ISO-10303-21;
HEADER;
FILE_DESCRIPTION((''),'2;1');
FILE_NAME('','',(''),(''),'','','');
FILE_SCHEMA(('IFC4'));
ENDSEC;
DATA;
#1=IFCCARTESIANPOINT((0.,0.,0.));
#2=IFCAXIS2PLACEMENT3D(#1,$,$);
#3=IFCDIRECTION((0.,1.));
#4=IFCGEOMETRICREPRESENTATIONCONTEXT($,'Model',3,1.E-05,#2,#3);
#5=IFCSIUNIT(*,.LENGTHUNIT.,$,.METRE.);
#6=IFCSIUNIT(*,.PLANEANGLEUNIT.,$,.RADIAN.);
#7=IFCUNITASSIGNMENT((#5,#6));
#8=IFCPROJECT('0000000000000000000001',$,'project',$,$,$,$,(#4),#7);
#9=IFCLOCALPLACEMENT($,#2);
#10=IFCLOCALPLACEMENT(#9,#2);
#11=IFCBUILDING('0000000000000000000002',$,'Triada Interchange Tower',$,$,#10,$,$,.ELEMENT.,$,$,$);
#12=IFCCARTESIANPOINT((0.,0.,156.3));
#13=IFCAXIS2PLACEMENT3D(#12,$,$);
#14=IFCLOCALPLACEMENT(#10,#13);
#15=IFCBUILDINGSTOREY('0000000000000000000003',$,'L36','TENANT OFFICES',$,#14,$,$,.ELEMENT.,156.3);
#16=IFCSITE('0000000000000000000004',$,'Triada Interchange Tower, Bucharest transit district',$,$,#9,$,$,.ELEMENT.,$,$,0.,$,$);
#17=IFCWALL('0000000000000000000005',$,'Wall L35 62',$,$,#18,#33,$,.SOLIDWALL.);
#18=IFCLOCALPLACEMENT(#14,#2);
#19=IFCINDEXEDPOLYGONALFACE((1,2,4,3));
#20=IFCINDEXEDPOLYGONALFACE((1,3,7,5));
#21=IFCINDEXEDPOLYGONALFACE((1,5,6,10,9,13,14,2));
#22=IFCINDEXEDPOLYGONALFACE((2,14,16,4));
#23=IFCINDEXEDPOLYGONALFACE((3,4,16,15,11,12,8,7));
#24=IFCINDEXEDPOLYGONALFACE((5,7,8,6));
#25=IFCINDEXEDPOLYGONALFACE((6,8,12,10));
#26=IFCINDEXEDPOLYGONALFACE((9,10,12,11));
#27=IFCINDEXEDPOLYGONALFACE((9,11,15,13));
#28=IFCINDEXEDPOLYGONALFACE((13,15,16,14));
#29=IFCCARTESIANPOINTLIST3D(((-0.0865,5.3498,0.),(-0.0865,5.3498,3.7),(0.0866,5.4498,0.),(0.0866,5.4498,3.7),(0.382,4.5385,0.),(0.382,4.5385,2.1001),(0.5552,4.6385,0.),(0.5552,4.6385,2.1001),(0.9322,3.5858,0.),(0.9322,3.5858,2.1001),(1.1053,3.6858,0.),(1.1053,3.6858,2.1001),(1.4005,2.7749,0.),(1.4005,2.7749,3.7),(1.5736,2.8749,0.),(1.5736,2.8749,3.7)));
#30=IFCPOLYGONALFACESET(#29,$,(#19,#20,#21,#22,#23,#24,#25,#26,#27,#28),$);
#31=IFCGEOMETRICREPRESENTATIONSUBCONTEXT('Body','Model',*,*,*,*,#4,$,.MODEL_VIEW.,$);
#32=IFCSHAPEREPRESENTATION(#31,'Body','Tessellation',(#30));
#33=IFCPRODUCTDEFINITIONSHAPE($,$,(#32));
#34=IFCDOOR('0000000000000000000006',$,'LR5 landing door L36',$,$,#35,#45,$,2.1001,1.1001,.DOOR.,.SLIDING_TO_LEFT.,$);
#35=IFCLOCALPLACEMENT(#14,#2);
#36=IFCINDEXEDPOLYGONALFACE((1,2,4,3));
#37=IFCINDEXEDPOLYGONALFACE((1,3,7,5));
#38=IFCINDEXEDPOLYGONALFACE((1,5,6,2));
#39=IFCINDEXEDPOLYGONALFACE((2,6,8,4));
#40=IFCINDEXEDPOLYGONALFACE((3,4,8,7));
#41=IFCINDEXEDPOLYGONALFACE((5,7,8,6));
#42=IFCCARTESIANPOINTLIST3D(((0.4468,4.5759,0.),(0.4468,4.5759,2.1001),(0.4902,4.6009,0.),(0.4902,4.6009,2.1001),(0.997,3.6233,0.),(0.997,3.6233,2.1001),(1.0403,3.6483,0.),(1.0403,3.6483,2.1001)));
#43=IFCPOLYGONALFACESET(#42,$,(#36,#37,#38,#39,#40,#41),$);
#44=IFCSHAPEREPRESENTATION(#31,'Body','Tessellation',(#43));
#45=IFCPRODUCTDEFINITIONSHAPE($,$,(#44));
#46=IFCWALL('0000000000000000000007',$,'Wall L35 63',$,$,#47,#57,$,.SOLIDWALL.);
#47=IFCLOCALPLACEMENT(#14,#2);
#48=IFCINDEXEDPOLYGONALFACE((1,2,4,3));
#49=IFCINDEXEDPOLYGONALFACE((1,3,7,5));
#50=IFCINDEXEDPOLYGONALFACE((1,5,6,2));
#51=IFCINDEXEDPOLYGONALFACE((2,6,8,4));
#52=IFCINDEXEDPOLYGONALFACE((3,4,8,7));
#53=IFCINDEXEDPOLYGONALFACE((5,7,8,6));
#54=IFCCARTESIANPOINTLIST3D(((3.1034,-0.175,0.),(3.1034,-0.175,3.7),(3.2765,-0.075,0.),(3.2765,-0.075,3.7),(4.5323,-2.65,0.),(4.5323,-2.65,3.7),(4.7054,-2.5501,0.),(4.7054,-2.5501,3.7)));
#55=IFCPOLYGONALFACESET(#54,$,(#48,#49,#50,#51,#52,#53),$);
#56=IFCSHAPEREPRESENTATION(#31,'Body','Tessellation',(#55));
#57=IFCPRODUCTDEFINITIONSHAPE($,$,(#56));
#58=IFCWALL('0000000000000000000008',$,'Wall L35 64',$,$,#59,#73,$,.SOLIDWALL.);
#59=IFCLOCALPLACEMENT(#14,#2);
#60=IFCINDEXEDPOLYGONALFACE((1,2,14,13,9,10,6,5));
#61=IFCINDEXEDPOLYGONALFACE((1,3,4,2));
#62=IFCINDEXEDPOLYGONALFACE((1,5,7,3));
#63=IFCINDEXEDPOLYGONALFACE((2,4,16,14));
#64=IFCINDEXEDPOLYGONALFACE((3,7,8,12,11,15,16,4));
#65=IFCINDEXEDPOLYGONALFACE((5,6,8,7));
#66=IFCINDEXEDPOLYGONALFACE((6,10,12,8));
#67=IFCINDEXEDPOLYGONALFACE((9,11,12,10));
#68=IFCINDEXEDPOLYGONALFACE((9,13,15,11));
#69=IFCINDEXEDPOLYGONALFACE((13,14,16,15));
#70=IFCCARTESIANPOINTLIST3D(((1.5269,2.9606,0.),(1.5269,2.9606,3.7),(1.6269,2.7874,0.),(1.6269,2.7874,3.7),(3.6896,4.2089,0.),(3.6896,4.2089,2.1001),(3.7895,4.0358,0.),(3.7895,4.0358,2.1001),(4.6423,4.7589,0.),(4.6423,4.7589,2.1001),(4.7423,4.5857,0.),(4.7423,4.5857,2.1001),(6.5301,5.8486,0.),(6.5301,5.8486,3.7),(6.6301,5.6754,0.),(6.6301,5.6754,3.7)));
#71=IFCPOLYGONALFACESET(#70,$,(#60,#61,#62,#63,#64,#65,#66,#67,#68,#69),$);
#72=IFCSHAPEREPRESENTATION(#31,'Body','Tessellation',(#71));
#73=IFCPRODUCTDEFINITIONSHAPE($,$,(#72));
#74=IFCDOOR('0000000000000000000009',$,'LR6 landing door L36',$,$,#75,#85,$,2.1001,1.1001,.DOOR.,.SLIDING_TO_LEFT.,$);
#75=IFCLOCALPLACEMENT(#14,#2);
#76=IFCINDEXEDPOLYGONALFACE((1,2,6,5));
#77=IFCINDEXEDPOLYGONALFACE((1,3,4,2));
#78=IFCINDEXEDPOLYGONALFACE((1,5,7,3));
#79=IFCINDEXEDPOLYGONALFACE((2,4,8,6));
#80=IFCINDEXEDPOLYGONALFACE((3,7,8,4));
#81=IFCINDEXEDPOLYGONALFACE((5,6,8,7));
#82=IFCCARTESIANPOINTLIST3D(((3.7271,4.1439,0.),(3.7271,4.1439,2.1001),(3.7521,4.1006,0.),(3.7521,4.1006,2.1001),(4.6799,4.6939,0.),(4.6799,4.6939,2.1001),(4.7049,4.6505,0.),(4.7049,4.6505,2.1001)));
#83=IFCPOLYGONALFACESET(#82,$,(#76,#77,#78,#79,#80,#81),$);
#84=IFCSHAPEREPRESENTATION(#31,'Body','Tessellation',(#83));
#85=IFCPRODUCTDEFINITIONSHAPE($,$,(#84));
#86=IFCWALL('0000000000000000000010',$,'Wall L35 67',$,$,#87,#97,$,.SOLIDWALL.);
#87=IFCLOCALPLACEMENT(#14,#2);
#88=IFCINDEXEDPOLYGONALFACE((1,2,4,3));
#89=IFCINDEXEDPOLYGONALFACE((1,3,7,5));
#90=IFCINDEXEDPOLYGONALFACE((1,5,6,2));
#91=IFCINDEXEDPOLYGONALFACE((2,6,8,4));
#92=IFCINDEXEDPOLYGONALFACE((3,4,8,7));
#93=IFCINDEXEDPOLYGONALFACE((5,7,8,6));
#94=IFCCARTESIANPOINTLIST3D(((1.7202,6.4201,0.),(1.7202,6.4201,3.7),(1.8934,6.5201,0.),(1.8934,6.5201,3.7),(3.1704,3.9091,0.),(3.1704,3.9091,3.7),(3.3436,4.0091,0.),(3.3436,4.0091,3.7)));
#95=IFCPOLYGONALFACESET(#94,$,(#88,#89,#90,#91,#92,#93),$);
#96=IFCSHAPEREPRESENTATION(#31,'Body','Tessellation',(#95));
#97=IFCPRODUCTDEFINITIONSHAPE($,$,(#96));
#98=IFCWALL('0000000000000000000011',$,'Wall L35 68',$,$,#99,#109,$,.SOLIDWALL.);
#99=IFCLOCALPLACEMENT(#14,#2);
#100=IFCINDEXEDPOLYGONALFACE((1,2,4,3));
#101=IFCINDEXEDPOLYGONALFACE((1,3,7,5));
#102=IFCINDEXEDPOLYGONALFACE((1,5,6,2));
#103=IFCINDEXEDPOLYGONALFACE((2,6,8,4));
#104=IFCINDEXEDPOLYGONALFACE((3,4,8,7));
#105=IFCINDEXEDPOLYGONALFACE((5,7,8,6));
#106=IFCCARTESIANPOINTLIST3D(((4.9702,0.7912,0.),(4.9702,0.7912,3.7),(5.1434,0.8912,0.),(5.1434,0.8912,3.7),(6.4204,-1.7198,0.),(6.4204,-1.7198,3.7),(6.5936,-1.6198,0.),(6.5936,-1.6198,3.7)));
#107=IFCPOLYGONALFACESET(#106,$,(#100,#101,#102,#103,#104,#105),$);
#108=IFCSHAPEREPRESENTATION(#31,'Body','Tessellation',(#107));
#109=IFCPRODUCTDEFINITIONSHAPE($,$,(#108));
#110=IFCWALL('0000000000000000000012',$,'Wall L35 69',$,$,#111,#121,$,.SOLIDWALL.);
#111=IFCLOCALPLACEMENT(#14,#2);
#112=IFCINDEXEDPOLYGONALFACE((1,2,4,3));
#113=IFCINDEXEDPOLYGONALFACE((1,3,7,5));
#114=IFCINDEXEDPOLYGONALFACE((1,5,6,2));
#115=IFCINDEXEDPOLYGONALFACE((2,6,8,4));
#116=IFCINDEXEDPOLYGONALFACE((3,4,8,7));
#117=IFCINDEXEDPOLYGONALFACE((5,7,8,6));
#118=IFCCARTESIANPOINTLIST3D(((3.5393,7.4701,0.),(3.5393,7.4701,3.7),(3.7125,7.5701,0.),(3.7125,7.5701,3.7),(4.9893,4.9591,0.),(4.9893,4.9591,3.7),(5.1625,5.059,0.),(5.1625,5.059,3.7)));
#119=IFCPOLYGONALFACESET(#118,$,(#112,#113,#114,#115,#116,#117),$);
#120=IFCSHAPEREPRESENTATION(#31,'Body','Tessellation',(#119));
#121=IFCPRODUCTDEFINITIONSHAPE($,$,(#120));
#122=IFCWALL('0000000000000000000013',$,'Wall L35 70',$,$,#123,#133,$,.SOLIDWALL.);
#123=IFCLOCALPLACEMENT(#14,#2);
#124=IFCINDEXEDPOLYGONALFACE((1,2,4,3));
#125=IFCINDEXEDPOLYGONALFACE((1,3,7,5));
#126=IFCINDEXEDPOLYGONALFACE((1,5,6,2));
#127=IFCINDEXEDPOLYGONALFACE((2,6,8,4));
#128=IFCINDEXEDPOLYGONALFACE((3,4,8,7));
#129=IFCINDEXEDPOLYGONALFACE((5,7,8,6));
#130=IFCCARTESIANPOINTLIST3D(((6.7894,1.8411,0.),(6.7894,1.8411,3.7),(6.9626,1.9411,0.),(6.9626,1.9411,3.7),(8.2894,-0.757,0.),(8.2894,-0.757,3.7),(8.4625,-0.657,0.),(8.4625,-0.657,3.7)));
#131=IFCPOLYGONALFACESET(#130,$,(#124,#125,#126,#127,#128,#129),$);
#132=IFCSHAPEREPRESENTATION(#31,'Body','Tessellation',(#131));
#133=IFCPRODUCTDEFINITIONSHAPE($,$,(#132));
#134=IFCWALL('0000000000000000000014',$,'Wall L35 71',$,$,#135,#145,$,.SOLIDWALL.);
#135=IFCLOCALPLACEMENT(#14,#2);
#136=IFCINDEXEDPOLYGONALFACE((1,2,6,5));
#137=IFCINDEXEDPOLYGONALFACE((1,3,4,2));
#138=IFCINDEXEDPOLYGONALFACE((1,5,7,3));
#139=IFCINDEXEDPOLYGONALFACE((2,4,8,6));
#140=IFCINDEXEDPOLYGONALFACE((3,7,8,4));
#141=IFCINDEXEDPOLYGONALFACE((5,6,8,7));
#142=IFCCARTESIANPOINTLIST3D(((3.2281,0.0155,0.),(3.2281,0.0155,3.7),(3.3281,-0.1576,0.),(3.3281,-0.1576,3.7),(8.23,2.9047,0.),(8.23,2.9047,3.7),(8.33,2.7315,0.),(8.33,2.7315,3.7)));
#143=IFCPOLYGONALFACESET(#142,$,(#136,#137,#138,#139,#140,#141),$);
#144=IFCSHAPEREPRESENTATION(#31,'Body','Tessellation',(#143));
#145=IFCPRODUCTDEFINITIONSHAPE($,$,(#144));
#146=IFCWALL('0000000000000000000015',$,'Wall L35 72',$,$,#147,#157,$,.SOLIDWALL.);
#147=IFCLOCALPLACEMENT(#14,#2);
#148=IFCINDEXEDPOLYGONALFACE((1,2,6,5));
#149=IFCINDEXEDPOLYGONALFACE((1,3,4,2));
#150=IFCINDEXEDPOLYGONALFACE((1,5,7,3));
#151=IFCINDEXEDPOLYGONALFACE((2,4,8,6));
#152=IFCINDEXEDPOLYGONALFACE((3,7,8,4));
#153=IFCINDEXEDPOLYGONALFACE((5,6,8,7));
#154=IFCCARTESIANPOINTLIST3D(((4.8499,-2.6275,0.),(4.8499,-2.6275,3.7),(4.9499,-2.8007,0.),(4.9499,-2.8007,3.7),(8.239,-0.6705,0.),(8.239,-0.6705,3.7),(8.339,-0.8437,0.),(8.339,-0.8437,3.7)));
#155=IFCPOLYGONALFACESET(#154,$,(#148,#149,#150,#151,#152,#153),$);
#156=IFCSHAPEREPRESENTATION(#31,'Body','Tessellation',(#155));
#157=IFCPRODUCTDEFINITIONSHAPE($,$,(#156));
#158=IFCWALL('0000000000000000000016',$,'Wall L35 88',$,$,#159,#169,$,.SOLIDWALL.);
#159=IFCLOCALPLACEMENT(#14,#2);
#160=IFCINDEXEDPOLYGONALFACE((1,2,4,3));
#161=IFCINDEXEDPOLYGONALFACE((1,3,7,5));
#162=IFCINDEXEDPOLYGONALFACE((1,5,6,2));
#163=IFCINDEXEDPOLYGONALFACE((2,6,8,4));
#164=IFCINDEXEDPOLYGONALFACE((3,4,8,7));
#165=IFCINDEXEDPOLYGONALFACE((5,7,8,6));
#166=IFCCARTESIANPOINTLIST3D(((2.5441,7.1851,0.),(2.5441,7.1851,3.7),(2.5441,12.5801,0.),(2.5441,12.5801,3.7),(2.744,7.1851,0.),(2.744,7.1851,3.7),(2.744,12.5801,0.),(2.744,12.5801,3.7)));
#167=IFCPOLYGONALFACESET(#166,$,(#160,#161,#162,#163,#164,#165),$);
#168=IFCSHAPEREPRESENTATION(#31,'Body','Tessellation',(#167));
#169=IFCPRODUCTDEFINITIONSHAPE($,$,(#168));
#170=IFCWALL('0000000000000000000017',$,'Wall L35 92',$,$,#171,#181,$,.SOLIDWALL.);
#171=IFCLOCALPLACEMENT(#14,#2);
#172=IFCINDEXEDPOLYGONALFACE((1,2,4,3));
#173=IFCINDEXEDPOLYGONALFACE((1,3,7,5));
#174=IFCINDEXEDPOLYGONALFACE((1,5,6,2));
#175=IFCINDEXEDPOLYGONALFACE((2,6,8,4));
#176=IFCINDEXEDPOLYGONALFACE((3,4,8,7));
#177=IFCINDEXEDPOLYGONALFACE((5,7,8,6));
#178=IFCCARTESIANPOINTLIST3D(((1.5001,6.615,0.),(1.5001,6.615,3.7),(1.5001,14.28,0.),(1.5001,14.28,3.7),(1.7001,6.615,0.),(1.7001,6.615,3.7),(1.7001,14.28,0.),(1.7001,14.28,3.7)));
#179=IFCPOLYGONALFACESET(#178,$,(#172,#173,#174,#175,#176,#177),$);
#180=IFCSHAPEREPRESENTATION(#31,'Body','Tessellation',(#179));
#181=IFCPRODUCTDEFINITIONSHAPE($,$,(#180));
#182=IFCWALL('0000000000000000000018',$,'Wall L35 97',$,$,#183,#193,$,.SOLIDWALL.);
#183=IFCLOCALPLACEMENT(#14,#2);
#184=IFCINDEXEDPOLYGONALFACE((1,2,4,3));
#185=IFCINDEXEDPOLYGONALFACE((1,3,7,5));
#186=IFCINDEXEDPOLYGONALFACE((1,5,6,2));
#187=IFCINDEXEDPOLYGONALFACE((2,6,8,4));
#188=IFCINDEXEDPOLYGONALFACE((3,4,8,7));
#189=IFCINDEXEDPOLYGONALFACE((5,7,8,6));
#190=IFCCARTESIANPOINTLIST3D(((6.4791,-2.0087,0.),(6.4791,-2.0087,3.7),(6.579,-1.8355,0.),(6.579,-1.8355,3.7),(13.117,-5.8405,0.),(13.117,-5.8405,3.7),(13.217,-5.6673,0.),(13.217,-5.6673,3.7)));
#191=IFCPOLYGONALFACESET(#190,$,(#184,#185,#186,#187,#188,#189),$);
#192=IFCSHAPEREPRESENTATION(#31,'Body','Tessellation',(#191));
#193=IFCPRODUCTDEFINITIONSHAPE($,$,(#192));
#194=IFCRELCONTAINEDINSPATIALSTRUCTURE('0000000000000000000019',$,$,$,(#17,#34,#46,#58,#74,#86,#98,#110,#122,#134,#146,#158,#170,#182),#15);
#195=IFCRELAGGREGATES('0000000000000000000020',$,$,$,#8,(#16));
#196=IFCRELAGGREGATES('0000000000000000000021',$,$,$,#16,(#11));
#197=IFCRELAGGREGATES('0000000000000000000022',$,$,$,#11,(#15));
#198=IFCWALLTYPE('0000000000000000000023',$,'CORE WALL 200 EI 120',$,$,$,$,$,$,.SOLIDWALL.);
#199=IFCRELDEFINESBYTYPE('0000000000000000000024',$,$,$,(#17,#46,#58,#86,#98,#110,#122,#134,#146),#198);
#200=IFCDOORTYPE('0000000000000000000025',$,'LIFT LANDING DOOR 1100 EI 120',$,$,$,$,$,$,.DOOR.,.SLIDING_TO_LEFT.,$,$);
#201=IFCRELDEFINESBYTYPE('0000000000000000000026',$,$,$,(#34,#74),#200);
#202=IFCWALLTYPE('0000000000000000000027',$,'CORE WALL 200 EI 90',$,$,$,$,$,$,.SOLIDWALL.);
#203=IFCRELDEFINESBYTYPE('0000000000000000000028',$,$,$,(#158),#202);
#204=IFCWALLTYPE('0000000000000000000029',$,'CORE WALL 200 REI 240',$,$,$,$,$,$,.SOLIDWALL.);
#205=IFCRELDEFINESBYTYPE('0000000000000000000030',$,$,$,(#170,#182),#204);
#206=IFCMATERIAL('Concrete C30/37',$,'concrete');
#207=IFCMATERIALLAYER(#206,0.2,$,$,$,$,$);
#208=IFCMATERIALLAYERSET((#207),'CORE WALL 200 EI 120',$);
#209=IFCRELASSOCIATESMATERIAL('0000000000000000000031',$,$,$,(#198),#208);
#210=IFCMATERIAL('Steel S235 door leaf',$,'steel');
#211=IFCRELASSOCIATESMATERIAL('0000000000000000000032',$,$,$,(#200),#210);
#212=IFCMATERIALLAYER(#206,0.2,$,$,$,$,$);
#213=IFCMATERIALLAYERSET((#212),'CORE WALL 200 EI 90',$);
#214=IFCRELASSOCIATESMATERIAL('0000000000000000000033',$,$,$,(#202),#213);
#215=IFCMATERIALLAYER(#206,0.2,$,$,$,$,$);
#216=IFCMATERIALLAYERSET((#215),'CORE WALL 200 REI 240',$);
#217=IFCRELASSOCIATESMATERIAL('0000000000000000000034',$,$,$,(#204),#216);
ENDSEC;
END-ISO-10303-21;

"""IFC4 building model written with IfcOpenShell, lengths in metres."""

from ifc_helpers import new_model, si_unit, direction, frame, frame_2d, origin, place, context, subcontext, project, spatial, rectangle, extrude, material, layer, layer_set, type_object, element, fill, save


model = new_model("IFC4")

# Units and contexts
model_context = context("Model", 3, precision=1e-05, world=origin(), true_north=direction((0.0, 1.0)))
body_context = subcontext(model_context, "Body", "Model", "MODEL_VIEW")
ifc_project = project(units=[si_unit("LENGTHUNIT", "METRE"), si_unit("PLANEANGLEUNIT", "RADIAN")], contexts=[model_context])

# Site, building, storey
site_placement = place(None, origin())
site = spatial("IfcSite", under=ifc_project, at=site_placement, Name="Triada Interchange Tower, Bucharest transit district", CompositionType="ELEMENT", RefElevation=0.0)
building_placement = place(site_placement, origin())
building = spatial("IfcBuilding", under=site, at=building_placement, Name="Triada Interchange Tower", CompositionType="ELEMENT")
storey_placement = place(building_placement, frame((0.0, 0.0, 156.3)))
storey = spatial("IfcBuildingStorey", under=building, at=storey_placement, Name="L36", Description="TENANT OFFICES", CompositionType="ELEMENT", Elevation=156.3)

# Wall, opening, door
ifc_material_1 = material(Name="Concrete C30/37", Category="concrete")
ifc_layer_1 = layer(ifc_material_1, 0.2)
ifc_layer_set_1 = layer_set([ifc_layer_1], Name="CORE WALL 200 EI 120")
wall_type_1 = type_object("IfcWallType", Name="CORE WALL 200 EI 120", PredefinedType="SOLIDWALL", material=ifc_layer_set_1)
ifc_material_2 = material(Name="Steel S235 door leaf", Category="steel")
door_type = type_object("IfcDoorType", Name="LIFT LANDING DOOR 1100 EI 120", OperationType="SLIDING_TO_LEFT", PredefinedType="DOOR", material=ifc_material_2)
wall_1_placement = place(storey_placement, frame((0.0, 5.3999, 0.0), z_axis=(0.0, 0.0, 1.0), x_axis=(0.500104, -0.865965, 0.0)))
wall_1 = element("IfcWall", 1, at=wall_1_placement, inside=storey, type_object=wall_type_1, Name="Wall L35 62", PredefinedType="SOLIDWALL", context=body_context, shape_type="SweptSolid", body=[
    extrude(rectangle(XDim=2.9734, YDim=0.2, at=frame_2d((1.4868, 0.0))), origin(), (0.0, 0.0, 1.0), 3.7),
])
opening_1_placement = place(wall_1_placement, frame((0.937, 0.0, 0.0)))
opening_1 = element("IfcOpeningElement", 2, at=opening_1_placement, cuts=wall_1, PredefinedType="OPENING", context=body_context, shape_type="SweptSolid", body=[
    extrude(rectangle(XDim=1.1001, YDim=2.1001, at=frame_2d((0.55, 1.05))), frame((0.0, 0.1099, 0.0), z_axis=(0.0, -1.0, 0.0), x_axis=(1.0, 0.0, 0.0)), (0.0, 0.0, 1.0), 0.22),
])
door_1_placement = place(opening_1_placement, origin())
door_1 = element("IfcDoor", 3, at=door_1_placement, inside=storey, type_object=door_type, Name="LR5 landing door L36", OperationType="SLIDING_TO_LEFT", OverallHeight=2.1001, OverallWidth=1.1001, PredefinedType="DOOR", context=body_context, shape_type="SweptSolid", body=[
    extrude(rectangle(XDim=1.1001, YDim=2.1001, at=frame_2d((0.55, 1.05))), frame((0.0, 0.0249, 0.0), z_axis=(0.0, -1.0, 0.0), x_axis=(1.0, 0.0, 0.0)), (0.0, 0.0, 1.0), 0.05),
])
fill(opening_1, door_1)

# Wall
wall_2_placement = place(storey_placement, frame((3.1899, -0.125, 0.0), z_axis=(0.0, 0.0, 1.0), x_axis=(0.499989, -0.866032, 0.0)))
element("IfcWall", 4, at=wall_2_placement, inside=storey, type_object=wall_type_1, Name="Wall L35 63", PredefinedType="SOLIDWALL", context=body_context, shape_type="SweptSolid", body=[
    extrude(rectangle(XDim=2.8579, YDim=0.2, at=frame_2d((1.429, 0.0))), origin(), (0.0, 0.0, 1.0), 3.7),
])

# Wall, opening, door
wall_3_placement = place(storey_placement, frame((1.5769, 2.874, 0.0), z_axis=(0.0, 0.0, 1.0), x_axis=(0.866074, 0.499916, 0.0)))
wall_3 = element("IfcWall", 5, at=wall_3_placement, inside=storey, type_object=wall_type_1, Name="Wall L35 64", PredefinedType="SOLIDWALL", context=body_context, shape_type="SweptSolid", body=[
    extrude(rectangle(XDim=5.7769, YDim=0.2, at=frame_2d((2.8884, 0.0))), origin(), (0.0, 0.0, 1.0), 3.7),
])
opening_2_placement = place(wall_3_placement, frame((2.4971, 0.0, 0.0)))
opening_2 = element("IfcOpeningElement", 6, at=opening_2_placement, cuts=wall_3, PredefinedType="OPENING", context=body_context, shape_type="SweptSolid", body=[
    extrude(rectangle(XDim=1.1001, YDim=2.1001, at=frame_2d((0.55, 1.05))), frame((0.0, 0.1099, 0.0), z_axis=(0.0, -1.0, 0.0), x_axis=(1.0, 0.0, 0.0)), (0.0, 0.0, 1.0), 0.22),
])
door_2_placement = place(opening_2_placement, origin())
door_2 = element("IfcDoor", 7, at=door_2_placement, inside=storey, type_object=door_type, Name="LR6 landing door L36", OperationType="SLIDING_TO_LEFT", OverallHeight=2.1001, OverallWidth=1.1001, PredefinedType="DOOR", context=body_context, shape_type="SweptSolid", body=[
    extrude(rectangle(XDim=1.1001, YDim=2.1001, at=frame_2d((0.55, 1.05))), frame((0.0, 0.0249, 0.0), z_axis=(0.0, -1.0, 0.0), x_axis=(1.0, 0.0, 0.0)), (0.0, 0.0, 1.0), 0.05),
])
fill(opening_2, door_2)

# Walls
for number, where, z_axis, x_axis, name in (
    (8, (1.8069, 6.47, 0.0), (0.0, 0.0, 1.0), (0.500123, -0.865954, 0.0), "Wall L35 67"),
    (9, (5.0569, 0.8411, 0.0), (0.0, 0.0, 1.0), (0.500123, -0.865954, 0.0), "Wall L35 68"),
    (10, (3.626, 7.52, 0.0), (0.0, 0.0, 1.0), (0.50006, -0.865991, 0.0), "Wall L35 69"),
):
    element("IfcWall", number, at=place(storey_placement, frame(where, z_axis=z_axis, x_axis=x_axis)), inside=storey, type_object=wall_type_1, Name=name, PredefinedType="SOLIDWALL", context=body_context, shape_type="SweptSolid", body=[
        extrude(rectangle(XDim=2.8997, YDim=0.2, at=frame_2d((1.4497, 0.0))), origin(), (0.0, 0.0, 1.0), 3.7),
    ])
wall_4_placement = place(storey_placement, frame((6.876, 1.8911, 0.0), z_axis=(0.0, 0.0, 1.0), x_axis=(0.49999, -0.866031, 0.0)))
element("IfcWall", 11, at=wall_4_placement, inside=storey, type_object=wall_type_1, Name="Wall L35 70", PredefinedType="SOLIDWALL", context=body_context, shape_type="SweptSolid", body=[
    extrude(rectangle(XDim=3.0, YDim=0.2, at=frame_2d((1.5, 0.0))), origin(), (0.0, 0.0, 1.0), 3.7),
])
wall_5_placement = place(storey_placement, frame((3.2781, -0.071, 0.0), z_axis=(0.0, 0.0, 1.0), x_axis=(0.865929, 0.500166, 0.0)))
element("IfcWall", 12, at=wall_5_placement, inside=storey, type_object=wall_type_1, Name="Wall L35 71", PredefinedType="SOLIDWALL", context=body_context, shape_type="SweptSolid", body=[
    extrude(rectangle(XDim=5.7764, YDim=0.2, at=frame_2d((2.8882, 0.0))), origin(), (0.0, 0.0, 1.0), 3.7),
])
wall_6_placement = place(storey_placement, frame((4.8999, -2.7141, 0.0), z_axis=(0.0, 0.0, 1.0), x_axis=(0.865992, 0.500057, 0.0)))
element("IfcWall", 13, at=wall_6_placement, inside=storey, type_object=wall_type_1, Name="Wall L35 72", PredefinedType="SOLIDWALL", context=body_context, shape_type="SweptSolid", body=[
    extrude(rectangle(XDim=3.9136, YDim=0.2, at=frame_2d((1.9568, 0.0))), origin(), (0.0, 0.0, 1.0), 3.7),
])
ifc_layer_2 = layer(ifc_material_1, 0.2)
ifc_layer_set_2 = layer_set([ifc_layer_2], Name="CORE WALL 200 EI 90")
wall_type_2 = type_object("IfcWallType", Name="CORE WALL 200 EI 90", PredefinedType="SOLIDWALL", material=ifc_layer_set_2)
wall_7_placement = place(storey_placement, frame((2.644, 7.1851, 0.0), z_axis=(0.0, 0.0, 1.0), x_axis=(0.0, 1.0, 0.0)))
element("IfcWall", 14, at=wall_7_placement, inside=storey, type_object=wall_type_2, Name="Wall L35 88", PredefinedType="SOLIDWALL", context=body_context, shape_type="SweptSolid", body=[
    extrude(rectangle(XDim=5.395, YDim=0.2, at=frame_2d((2.6975, 0.0))), origin(), (0.0, 0.0, 1.0), 3.7),
])
ifc_layer_3 = layer(ifc_material_1, 0.2)
ifc_layer_set_3 = layer_set([ifc_layer_3], Name="CORE WALL 200 REI 240")
wall_type_3 = type_object("IfcWallType", Name="CORE WALL 200 REI 240", PredefinedType="SOLIDWALL", material=ifc_layer_set_3)
wall_8_placement = place(storey_placement, frame((1.6001, 6.615, 0.0), z_axis=(0.0, 0.0, 1.0), x_axis=(0.0, 1.0, 0.0)))
element("IfcWall", 15, at=wall_8_placement, inside=storey, type_object=wall_type_3, Name="Wall L35 92", PredefinedType="SOLIDWALL", context=body_context, shape_type="SweptSolid", body=[
    extrude(rectangle(XDim=7.665, YDim=0.2, at=frame_2d((3.8325, 0.0))), origin(), (0.0, 0.0, 1.0), 3.7),
])
wall_9_placement = place(storey_placement, frame((6.5291, -1.9221, 0.0), z_axis=(0.0, 0.0, 1.0), x_axis=(0.866061, -0.499938, 0.0)))
element("IfcWall", 16, at=wall_9_placement, inside=storey, type_object=wall_type_3, Name="Wall L35 97", PredefinedType="SOLIDWALL", context=body_context, shape_type="SweptSolid", body=[
    extrude(rectangle(XDim=7.6646, YDim=0.2, at=frame_2d((3.8323, 0.0))), origin(), (0.0, 0.0, 1.0), 3.7),
])

save(model, "model.ifc")
